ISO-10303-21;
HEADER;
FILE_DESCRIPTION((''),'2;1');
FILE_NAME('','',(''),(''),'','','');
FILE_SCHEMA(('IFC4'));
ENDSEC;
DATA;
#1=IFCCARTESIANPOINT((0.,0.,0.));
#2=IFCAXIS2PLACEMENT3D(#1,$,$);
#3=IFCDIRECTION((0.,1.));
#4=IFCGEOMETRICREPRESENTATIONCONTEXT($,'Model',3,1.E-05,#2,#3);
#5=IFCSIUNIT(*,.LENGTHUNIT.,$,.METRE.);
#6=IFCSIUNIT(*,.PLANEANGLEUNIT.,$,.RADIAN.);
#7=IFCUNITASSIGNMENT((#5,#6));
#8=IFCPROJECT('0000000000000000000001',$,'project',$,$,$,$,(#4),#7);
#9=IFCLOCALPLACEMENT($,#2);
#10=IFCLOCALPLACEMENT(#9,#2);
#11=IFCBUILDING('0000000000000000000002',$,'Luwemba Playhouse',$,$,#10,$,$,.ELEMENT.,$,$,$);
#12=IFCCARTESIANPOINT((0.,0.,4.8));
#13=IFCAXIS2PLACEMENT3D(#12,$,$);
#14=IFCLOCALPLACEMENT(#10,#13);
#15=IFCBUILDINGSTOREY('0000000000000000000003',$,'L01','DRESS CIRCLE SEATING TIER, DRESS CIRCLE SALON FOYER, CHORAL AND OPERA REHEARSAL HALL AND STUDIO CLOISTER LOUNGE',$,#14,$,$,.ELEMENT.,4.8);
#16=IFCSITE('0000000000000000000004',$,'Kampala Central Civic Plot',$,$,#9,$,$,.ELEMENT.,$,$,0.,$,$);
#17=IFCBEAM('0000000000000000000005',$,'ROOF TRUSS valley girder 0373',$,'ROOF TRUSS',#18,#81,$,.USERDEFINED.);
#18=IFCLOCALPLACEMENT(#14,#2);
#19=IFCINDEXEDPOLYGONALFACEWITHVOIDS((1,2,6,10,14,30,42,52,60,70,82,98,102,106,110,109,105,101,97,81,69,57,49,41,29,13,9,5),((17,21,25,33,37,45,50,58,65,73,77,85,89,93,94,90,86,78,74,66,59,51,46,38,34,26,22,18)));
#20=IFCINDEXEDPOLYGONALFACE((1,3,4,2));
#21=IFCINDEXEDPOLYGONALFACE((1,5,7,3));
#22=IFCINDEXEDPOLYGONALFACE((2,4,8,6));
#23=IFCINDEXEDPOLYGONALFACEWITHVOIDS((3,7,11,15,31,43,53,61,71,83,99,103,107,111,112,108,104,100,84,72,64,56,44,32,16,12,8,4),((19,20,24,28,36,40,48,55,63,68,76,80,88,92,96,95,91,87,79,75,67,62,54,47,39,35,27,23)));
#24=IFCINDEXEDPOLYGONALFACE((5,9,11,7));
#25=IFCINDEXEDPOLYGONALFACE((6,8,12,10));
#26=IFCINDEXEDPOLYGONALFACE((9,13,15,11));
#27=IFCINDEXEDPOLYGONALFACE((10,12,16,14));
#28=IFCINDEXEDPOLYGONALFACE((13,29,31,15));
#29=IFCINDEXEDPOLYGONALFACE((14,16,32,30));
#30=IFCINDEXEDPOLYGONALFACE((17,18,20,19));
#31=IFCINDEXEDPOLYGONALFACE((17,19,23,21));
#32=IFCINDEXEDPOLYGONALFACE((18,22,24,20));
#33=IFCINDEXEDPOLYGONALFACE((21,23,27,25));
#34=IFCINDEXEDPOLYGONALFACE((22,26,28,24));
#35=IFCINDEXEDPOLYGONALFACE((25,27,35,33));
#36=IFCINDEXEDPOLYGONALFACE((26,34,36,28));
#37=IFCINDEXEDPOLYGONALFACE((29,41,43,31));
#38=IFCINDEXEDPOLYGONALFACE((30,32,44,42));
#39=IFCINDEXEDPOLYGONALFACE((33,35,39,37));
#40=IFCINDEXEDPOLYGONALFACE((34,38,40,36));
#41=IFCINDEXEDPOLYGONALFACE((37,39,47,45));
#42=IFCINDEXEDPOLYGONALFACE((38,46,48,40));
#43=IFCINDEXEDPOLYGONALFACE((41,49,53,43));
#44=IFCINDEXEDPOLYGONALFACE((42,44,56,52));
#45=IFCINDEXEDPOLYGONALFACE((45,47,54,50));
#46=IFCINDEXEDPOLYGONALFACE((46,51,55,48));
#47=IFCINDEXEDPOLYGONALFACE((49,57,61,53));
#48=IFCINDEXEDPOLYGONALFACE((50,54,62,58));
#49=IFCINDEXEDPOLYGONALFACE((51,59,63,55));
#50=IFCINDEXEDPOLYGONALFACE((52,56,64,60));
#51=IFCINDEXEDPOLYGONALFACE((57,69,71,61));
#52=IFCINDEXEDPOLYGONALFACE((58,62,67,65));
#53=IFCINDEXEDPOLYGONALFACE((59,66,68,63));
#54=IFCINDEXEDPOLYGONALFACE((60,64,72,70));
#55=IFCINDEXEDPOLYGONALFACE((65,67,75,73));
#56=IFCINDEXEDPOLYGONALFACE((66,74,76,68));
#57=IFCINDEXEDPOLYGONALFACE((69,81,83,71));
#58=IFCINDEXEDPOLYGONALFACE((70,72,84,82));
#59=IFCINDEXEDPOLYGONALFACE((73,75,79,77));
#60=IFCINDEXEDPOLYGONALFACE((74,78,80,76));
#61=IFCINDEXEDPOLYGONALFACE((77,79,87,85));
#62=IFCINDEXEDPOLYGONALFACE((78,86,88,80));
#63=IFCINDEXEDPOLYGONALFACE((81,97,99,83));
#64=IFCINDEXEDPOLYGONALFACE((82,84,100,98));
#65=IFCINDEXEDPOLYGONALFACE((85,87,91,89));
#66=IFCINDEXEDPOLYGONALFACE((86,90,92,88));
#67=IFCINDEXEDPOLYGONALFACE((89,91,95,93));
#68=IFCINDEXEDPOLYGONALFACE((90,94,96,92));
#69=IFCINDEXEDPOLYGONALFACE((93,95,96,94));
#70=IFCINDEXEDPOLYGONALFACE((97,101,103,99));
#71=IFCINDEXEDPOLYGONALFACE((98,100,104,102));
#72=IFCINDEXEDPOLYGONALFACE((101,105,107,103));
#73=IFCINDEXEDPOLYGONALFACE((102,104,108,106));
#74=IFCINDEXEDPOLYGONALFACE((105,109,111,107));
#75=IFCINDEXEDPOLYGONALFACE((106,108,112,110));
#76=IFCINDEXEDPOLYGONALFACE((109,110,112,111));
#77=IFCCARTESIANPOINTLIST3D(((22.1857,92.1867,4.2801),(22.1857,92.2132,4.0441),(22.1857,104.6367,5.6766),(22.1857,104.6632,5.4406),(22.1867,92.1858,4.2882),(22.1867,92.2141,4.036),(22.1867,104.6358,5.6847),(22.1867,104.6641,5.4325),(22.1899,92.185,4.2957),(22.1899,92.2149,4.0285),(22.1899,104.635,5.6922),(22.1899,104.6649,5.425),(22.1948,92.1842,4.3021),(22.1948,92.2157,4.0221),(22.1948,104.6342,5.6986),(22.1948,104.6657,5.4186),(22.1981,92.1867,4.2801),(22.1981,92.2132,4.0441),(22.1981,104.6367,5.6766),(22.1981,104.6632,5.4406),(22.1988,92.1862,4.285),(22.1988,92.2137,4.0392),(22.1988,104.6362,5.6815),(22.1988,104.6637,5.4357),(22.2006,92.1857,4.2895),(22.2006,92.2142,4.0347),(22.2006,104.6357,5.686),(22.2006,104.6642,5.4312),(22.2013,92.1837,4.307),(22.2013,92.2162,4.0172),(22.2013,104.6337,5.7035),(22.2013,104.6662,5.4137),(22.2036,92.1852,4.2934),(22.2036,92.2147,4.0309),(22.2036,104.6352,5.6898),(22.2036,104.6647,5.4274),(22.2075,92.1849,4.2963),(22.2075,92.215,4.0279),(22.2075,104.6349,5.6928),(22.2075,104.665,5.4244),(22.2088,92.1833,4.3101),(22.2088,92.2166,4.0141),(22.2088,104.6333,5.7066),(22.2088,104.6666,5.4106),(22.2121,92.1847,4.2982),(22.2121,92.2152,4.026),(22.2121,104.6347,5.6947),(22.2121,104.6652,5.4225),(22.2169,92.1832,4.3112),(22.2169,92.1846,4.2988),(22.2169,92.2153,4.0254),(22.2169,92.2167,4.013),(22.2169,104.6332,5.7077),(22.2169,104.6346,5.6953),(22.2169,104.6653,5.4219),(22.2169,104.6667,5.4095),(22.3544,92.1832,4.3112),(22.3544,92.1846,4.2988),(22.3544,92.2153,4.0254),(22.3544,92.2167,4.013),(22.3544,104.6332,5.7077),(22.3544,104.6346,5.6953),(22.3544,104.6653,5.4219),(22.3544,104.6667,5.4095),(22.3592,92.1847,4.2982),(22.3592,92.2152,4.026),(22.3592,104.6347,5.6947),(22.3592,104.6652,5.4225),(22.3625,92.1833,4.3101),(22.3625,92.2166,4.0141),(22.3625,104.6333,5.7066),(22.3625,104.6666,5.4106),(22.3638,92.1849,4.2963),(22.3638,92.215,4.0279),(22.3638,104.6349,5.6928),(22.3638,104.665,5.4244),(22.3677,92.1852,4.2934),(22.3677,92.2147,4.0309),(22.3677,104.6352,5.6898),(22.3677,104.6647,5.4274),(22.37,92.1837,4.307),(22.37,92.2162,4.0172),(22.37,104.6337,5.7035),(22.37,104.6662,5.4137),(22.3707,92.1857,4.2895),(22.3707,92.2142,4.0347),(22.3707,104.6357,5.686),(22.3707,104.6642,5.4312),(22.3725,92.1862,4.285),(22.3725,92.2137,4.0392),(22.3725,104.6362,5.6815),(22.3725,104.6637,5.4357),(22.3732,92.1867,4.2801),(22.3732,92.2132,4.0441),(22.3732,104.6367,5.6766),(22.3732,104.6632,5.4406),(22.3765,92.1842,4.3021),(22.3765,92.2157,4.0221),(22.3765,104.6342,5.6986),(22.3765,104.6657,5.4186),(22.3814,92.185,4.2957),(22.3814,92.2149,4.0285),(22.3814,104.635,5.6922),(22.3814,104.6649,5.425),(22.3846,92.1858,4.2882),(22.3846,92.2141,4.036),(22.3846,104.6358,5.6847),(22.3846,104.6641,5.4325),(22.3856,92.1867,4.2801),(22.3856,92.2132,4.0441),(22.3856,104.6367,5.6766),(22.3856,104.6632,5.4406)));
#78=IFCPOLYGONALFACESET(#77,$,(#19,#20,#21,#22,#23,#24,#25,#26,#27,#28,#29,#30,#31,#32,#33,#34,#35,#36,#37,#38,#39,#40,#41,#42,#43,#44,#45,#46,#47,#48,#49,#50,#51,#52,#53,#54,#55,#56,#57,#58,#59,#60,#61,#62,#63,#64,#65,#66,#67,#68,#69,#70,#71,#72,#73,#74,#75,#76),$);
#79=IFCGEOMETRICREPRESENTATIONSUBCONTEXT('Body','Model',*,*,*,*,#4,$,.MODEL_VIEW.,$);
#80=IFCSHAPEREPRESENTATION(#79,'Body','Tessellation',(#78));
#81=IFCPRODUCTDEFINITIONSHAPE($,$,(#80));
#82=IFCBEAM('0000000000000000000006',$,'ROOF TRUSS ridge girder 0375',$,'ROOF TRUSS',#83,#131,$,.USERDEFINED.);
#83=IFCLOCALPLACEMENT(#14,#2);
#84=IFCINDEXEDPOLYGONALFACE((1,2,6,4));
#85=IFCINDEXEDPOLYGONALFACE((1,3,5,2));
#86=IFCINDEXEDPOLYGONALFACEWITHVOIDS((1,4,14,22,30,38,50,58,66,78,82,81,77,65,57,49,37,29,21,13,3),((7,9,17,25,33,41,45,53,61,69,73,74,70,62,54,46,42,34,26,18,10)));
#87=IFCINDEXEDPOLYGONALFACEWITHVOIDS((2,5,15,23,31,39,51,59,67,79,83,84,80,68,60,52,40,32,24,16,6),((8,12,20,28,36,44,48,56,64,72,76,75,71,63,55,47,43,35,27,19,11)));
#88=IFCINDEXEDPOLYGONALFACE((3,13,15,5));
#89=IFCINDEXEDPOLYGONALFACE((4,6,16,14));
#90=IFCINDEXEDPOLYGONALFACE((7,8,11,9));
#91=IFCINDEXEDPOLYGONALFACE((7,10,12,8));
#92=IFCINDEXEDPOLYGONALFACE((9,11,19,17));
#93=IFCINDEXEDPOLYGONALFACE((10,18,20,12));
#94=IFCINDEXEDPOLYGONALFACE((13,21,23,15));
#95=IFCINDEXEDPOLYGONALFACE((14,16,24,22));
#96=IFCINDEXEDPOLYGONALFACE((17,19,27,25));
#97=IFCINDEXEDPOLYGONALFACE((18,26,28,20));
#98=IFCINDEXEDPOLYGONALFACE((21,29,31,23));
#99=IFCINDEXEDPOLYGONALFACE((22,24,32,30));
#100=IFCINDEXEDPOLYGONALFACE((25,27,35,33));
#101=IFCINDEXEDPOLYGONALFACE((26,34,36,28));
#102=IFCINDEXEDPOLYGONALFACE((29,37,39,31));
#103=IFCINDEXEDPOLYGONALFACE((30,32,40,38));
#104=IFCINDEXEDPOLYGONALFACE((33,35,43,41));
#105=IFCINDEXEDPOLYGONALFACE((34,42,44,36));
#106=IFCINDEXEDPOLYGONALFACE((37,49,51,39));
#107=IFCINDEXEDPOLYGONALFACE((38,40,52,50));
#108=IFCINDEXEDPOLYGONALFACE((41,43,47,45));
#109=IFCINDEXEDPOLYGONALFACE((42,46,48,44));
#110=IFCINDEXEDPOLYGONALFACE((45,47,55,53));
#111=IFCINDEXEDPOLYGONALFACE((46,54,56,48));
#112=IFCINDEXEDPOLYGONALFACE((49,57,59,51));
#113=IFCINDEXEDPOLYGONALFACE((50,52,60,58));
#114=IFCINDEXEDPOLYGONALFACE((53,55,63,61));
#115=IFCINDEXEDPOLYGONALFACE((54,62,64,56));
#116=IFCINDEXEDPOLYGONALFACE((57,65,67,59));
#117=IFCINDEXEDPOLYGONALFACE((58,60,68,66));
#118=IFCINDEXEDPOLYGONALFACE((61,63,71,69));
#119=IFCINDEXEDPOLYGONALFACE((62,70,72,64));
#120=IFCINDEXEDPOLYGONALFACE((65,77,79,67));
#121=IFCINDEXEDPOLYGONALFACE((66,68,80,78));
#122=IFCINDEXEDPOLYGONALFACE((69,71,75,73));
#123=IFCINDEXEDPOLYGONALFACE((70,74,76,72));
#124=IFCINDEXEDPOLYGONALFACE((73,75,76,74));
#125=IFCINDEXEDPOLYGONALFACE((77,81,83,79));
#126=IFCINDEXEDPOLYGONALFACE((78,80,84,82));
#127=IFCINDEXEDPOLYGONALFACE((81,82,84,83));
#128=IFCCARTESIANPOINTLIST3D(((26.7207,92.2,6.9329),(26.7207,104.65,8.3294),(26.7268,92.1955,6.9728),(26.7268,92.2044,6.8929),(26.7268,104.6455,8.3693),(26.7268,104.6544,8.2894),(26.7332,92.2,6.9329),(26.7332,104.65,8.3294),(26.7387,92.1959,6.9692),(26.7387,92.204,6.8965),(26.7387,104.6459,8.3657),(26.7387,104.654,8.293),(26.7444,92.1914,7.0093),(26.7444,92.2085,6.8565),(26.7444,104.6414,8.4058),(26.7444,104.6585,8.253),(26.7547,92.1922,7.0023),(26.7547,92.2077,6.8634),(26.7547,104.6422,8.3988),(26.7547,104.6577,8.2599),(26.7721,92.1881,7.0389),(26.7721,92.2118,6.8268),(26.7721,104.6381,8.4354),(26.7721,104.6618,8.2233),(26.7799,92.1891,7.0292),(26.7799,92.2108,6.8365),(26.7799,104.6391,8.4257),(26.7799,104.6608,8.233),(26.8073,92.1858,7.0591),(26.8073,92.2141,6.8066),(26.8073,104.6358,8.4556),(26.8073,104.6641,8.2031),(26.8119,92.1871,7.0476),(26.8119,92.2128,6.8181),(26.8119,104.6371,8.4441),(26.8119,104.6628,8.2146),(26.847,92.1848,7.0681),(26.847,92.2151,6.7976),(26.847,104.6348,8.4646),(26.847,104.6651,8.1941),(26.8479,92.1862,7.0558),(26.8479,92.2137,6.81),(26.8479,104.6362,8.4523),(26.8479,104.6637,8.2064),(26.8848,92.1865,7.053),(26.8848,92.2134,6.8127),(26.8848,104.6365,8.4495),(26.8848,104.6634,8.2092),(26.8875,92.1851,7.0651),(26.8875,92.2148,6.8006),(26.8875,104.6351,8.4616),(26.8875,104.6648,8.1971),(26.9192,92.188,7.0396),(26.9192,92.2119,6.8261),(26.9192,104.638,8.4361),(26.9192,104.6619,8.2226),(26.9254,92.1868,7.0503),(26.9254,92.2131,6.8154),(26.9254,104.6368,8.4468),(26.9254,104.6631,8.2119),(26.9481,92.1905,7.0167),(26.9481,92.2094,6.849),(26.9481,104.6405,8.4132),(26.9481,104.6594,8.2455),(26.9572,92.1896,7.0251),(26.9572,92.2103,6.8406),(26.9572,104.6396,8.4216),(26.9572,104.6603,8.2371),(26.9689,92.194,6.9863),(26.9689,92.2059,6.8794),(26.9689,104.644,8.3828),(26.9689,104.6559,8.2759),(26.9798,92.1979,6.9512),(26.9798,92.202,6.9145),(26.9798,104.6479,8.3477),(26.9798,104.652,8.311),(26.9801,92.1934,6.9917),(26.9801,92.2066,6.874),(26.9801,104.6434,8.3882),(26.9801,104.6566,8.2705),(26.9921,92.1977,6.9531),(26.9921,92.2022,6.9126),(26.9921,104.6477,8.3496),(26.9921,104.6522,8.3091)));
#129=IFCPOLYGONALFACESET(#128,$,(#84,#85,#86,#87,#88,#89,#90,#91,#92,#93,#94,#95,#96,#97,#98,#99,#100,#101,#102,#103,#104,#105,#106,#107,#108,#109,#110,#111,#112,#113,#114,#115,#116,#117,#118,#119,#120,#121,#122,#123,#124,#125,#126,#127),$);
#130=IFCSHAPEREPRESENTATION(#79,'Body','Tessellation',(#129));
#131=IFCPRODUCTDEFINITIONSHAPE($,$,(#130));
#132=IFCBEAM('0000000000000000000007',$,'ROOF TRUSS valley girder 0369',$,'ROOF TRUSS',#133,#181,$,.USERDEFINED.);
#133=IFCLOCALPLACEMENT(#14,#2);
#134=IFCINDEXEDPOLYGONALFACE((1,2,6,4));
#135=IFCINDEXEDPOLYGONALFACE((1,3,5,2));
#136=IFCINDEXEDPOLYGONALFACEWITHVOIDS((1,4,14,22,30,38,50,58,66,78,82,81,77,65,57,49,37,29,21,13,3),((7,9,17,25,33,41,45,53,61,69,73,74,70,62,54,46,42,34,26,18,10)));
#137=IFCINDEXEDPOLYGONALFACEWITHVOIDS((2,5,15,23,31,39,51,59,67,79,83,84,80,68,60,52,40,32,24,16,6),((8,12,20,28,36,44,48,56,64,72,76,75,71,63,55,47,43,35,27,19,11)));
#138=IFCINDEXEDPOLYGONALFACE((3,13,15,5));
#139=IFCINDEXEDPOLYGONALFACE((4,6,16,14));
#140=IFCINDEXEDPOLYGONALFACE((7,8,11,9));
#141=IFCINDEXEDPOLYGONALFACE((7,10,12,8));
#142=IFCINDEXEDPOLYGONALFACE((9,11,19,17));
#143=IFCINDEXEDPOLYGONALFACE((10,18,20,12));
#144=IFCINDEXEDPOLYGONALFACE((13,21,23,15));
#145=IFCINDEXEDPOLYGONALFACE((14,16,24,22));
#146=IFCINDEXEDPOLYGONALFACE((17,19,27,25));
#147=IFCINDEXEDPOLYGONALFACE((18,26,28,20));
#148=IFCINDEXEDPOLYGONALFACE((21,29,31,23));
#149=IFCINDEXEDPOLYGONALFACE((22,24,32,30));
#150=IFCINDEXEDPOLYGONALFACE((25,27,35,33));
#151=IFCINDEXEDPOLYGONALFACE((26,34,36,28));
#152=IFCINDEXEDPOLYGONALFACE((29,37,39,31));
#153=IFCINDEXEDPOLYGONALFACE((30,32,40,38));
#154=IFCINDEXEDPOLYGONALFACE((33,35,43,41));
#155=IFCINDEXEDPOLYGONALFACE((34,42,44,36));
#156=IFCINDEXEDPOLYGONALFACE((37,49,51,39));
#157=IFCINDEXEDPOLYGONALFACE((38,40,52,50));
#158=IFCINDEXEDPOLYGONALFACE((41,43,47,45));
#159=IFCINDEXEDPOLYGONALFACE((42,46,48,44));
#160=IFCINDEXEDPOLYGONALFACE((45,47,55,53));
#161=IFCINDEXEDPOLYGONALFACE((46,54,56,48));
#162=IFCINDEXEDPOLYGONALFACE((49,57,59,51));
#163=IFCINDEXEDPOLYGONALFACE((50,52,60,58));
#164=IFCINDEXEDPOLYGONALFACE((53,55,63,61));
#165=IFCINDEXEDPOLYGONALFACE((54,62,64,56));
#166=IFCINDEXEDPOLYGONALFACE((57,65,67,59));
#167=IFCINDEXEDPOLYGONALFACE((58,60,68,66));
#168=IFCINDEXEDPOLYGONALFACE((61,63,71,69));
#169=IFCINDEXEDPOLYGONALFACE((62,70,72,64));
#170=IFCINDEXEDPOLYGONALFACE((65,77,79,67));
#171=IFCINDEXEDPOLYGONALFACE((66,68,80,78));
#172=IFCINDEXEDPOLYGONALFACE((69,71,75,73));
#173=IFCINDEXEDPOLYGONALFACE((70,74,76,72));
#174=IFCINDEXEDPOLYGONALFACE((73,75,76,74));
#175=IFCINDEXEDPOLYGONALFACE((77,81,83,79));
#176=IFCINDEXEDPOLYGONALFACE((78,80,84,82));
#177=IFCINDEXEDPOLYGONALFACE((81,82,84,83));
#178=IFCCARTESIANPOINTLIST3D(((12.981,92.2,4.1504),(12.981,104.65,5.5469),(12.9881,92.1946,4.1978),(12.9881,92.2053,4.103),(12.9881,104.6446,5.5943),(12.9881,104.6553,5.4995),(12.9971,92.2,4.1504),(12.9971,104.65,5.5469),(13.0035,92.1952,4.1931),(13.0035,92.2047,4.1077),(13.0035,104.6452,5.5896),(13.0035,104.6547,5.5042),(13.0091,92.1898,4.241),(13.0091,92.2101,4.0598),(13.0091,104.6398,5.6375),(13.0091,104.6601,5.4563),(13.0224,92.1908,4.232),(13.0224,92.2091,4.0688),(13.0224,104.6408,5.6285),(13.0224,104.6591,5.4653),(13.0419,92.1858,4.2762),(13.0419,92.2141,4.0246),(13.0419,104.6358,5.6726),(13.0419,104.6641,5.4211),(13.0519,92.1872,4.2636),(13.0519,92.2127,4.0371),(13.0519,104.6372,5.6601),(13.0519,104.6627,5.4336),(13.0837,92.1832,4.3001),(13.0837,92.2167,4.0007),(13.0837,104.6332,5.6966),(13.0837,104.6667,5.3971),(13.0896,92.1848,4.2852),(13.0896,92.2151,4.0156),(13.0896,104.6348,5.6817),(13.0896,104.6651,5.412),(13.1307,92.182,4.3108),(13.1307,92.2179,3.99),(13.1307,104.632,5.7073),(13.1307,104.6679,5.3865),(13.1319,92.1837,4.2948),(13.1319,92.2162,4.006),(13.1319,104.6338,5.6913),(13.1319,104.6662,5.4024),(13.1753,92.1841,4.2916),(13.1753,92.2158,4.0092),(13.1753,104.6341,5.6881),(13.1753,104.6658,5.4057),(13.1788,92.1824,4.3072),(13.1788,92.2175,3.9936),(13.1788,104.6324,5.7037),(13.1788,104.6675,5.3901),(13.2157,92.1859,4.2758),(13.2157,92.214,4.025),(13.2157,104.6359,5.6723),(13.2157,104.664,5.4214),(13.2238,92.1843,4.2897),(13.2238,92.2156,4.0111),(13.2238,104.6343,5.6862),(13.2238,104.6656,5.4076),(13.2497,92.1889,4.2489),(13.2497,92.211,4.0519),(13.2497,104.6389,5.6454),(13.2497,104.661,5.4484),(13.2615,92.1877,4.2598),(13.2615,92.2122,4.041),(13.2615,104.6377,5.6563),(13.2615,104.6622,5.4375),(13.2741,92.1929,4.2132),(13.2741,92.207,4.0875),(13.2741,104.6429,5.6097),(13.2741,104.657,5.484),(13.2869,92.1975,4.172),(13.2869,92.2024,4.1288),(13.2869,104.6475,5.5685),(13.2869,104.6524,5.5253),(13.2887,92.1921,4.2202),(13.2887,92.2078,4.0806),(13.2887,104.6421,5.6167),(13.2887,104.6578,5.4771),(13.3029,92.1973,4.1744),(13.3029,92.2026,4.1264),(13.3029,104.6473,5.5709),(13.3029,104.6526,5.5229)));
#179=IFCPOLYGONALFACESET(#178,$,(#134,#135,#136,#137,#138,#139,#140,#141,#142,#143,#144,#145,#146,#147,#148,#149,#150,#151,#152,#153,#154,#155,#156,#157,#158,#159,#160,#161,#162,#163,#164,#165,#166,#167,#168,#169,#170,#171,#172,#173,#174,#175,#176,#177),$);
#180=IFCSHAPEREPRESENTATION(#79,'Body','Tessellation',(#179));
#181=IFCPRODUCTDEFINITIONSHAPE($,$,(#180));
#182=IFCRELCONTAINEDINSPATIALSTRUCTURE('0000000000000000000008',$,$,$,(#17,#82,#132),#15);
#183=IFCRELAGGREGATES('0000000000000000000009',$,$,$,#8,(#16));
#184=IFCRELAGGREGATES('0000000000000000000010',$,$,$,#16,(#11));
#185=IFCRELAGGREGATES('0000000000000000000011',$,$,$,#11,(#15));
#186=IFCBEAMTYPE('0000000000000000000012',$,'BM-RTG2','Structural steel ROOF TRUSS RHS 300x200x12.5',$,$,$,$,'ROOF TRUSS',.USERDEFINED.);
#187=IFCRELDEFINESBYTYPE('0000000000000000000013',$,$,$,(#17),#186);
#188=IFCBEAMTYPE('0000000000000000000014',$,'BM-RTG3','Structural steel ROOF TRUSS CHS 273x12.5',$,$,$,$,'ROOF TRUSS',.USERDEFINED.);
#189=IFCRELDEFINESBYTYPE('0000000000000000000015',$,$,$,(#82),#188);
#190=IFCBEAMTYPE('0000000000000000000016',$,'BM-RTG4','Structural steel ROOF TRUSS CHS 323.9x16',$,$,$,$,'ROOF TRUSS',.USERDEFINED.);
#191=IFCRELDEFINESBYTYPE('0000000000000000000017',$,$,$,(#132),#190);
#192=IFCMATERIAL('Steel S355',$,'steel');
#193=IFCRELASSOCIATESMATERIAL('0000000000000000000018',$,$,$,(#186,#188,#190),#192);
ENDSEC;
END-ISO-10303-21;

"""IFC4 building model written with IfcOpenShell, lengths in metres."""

from ifc_helpers import new_model, si_unit, direction, frame, origin, origin_2d, place, context, subcontext, project, spatial, hollow_rectangle, hollow_circle, extrude, material, material_profile, profile_set, type_object, element, save


model = new_model("IFC4")

# Units and contexts
model_context = context("Model", 3, precision=1e-05, world=origin(), true_north=direction((0.0, 1.0)))
body_context = subcontext(model_context, "Body", "Model", "MODEL_VIEW")
ifc_project = project(units=[si_unit("LENGTHUNIT", "METRE"), si_unit("PLANEANGLEUNIT", "RADIAN")], contexts=[model_context])

# Site, building, storey
site_placement = place(None, origin())
site = spatial("IfcSite", under=ifc_project, at=site_placement, Name="Kampala Central Civic Plot", CompositionType="ELEMENT", RefElevation=0.0)
building_placement = place(site_placement, origin())
building = spatial("IfcBuilding", under=site, at=building_placement, Name="Luwemba Playhouse", CompositionType="ELEMENT")
storey_placement = place(building_placement, frame((0.0, 0.0, 4.8)))
storey = spatial("IfcBuildingStorey", under=building, at=storey_placement, Name="L01", Description="DRESS CIRCLE SEATING TIER, DRESS CIRCLE SALON FOYER, CHORAL AND OPERA REHEARSAL HALL AND STUDIO CLOISTER LOUNGE", CompositionType="ELEMENT", Elevation=4.8)

# Beams
ifc_material_1 = material(Name="Steel S355", Category="steel")
ifc_material_profile_1 = material_profile(ifc_material_1, hollow_rectangle(XDim=0.2, YDim=0.3, WallThickness=0.0125, InnerFilletRadius=0.0188, OuterFilletRadius=0.0312, at=origin_2d()))
ifc_profile_set_1 = profile_set([ifc_material_profile_1], Name="Steel S355")
beam_type_1 = type_object("IfcBeamType", Name="BM-RTG2", Description="Structural steel ROOF TRUSS RHS 300x200x12.5", ElementType="ROOF TRUSS", PredefinedType="USERDEFINED", material=ifc_profile_set_1)
beam_1_placement = place(storey_placement, frame((22.2856, 92.2, 4.1621), z_axis=(0.0, 0.993768, 0.111469), x_axis=(-1.0, 0.0, 0.0)))
element("IfcBeam", 1, at=beam_1_placement, inside=storey, type_object=beam_type_1, Name="ROOF TRUSS valley girder 0373", ObjectType="ROOF TRUSS", PredefinedType="USERDEFINED", context=body_context, shape_type="SweptSolid", body=[
    extrude(hollow_rectangle(XDim=0.2, YDim=0.3, WallThickness=0.0125, InnerFilletRadius=0.0188, OuterFilletRadius=0.0312, at=origin_2d()), origin(), (0.0, 0.0, 1.0), 12.5281),
])
ifc_material_profile_2 = material_profile(ifc_material_1, hollow_circle(Radius=0.1365, WallThickness=0.0125, at=origin_2d()))
ifc_profile_set_2 = profile_set([ifc_material_profile_2], Name="Steel S355")
beam_type_2 = type_object("IfcBeamType", Name="BM-RTG3", Description="Structural steel ROOF TRUSS CHS 273x12.5", ElementType="ROOF TRUSS", PredefinedType="USERDEFINED", material=ifc_profile_set_2)
beam_2_placement = place(storey_placement, frame((26.8572, 92.2, 6.9329), z_axis=(0.0, 0.993768, 0.111469), x_axis=(-1.0, 0.0, 0.0)))
element("IfcBeam", 2, at=beam_2_placement, inside=storey, type_object=beam_type_2, Name="ROOF TRUSS ridge girder 0375", ObjectType="ROOF TRUSS", PredefinedType="USERDEFINED", context=body_context, shape_type="SweptSolid", body=[
    extrude(hollow_circle(Radius=0.1365, WallThickness=0.0125, at=origin_2d()), origin(), (0.0, 0.0, 1.0), 12.5281),
])
ifc_material_profile_3 = material_profile(ifc_material_1, hollow_circle(Radius=0.1619, WallThickness=0.0161, at=origin_2d()))
ifc_profile_set_3 = profile_set([ifc_material_profile_3], Name="Steel S355")
beam_type_3 = type_object("IfcBeamType", Name="BM-RTG4", Description="Structural steel ROOF TRUSS CHS 323.9x16", ElementType="ROOF TRUSS", PredefinedType="USERDEFINED", material=ifc_profile_set_3)
beam_3_placement = place(storey_placement, frame((13.1428, 92.2, 4.1504), z_axis=(0.0, 0.993768, 0.111469), x_axis=(-1.0, 0.0, 0.0)))
element("IfcBeam", 3, at=beam_3_placement, inside=storey, type_object=beam_type_3, Name="ROOF TRUSS valley girder 0369", ObjectType="ROOF TRUSS", PredefinedType="USERDEFINED", context=body_context, shape_type="SweptSolid", body=[
    extrude(hollow_circle(Radius=0.1619, WallThickness=0.0161, at=origin_2d()), origin(), (0.0, 0.0, 1.0), 12.5281),
])

save(model, "model.ifc")
